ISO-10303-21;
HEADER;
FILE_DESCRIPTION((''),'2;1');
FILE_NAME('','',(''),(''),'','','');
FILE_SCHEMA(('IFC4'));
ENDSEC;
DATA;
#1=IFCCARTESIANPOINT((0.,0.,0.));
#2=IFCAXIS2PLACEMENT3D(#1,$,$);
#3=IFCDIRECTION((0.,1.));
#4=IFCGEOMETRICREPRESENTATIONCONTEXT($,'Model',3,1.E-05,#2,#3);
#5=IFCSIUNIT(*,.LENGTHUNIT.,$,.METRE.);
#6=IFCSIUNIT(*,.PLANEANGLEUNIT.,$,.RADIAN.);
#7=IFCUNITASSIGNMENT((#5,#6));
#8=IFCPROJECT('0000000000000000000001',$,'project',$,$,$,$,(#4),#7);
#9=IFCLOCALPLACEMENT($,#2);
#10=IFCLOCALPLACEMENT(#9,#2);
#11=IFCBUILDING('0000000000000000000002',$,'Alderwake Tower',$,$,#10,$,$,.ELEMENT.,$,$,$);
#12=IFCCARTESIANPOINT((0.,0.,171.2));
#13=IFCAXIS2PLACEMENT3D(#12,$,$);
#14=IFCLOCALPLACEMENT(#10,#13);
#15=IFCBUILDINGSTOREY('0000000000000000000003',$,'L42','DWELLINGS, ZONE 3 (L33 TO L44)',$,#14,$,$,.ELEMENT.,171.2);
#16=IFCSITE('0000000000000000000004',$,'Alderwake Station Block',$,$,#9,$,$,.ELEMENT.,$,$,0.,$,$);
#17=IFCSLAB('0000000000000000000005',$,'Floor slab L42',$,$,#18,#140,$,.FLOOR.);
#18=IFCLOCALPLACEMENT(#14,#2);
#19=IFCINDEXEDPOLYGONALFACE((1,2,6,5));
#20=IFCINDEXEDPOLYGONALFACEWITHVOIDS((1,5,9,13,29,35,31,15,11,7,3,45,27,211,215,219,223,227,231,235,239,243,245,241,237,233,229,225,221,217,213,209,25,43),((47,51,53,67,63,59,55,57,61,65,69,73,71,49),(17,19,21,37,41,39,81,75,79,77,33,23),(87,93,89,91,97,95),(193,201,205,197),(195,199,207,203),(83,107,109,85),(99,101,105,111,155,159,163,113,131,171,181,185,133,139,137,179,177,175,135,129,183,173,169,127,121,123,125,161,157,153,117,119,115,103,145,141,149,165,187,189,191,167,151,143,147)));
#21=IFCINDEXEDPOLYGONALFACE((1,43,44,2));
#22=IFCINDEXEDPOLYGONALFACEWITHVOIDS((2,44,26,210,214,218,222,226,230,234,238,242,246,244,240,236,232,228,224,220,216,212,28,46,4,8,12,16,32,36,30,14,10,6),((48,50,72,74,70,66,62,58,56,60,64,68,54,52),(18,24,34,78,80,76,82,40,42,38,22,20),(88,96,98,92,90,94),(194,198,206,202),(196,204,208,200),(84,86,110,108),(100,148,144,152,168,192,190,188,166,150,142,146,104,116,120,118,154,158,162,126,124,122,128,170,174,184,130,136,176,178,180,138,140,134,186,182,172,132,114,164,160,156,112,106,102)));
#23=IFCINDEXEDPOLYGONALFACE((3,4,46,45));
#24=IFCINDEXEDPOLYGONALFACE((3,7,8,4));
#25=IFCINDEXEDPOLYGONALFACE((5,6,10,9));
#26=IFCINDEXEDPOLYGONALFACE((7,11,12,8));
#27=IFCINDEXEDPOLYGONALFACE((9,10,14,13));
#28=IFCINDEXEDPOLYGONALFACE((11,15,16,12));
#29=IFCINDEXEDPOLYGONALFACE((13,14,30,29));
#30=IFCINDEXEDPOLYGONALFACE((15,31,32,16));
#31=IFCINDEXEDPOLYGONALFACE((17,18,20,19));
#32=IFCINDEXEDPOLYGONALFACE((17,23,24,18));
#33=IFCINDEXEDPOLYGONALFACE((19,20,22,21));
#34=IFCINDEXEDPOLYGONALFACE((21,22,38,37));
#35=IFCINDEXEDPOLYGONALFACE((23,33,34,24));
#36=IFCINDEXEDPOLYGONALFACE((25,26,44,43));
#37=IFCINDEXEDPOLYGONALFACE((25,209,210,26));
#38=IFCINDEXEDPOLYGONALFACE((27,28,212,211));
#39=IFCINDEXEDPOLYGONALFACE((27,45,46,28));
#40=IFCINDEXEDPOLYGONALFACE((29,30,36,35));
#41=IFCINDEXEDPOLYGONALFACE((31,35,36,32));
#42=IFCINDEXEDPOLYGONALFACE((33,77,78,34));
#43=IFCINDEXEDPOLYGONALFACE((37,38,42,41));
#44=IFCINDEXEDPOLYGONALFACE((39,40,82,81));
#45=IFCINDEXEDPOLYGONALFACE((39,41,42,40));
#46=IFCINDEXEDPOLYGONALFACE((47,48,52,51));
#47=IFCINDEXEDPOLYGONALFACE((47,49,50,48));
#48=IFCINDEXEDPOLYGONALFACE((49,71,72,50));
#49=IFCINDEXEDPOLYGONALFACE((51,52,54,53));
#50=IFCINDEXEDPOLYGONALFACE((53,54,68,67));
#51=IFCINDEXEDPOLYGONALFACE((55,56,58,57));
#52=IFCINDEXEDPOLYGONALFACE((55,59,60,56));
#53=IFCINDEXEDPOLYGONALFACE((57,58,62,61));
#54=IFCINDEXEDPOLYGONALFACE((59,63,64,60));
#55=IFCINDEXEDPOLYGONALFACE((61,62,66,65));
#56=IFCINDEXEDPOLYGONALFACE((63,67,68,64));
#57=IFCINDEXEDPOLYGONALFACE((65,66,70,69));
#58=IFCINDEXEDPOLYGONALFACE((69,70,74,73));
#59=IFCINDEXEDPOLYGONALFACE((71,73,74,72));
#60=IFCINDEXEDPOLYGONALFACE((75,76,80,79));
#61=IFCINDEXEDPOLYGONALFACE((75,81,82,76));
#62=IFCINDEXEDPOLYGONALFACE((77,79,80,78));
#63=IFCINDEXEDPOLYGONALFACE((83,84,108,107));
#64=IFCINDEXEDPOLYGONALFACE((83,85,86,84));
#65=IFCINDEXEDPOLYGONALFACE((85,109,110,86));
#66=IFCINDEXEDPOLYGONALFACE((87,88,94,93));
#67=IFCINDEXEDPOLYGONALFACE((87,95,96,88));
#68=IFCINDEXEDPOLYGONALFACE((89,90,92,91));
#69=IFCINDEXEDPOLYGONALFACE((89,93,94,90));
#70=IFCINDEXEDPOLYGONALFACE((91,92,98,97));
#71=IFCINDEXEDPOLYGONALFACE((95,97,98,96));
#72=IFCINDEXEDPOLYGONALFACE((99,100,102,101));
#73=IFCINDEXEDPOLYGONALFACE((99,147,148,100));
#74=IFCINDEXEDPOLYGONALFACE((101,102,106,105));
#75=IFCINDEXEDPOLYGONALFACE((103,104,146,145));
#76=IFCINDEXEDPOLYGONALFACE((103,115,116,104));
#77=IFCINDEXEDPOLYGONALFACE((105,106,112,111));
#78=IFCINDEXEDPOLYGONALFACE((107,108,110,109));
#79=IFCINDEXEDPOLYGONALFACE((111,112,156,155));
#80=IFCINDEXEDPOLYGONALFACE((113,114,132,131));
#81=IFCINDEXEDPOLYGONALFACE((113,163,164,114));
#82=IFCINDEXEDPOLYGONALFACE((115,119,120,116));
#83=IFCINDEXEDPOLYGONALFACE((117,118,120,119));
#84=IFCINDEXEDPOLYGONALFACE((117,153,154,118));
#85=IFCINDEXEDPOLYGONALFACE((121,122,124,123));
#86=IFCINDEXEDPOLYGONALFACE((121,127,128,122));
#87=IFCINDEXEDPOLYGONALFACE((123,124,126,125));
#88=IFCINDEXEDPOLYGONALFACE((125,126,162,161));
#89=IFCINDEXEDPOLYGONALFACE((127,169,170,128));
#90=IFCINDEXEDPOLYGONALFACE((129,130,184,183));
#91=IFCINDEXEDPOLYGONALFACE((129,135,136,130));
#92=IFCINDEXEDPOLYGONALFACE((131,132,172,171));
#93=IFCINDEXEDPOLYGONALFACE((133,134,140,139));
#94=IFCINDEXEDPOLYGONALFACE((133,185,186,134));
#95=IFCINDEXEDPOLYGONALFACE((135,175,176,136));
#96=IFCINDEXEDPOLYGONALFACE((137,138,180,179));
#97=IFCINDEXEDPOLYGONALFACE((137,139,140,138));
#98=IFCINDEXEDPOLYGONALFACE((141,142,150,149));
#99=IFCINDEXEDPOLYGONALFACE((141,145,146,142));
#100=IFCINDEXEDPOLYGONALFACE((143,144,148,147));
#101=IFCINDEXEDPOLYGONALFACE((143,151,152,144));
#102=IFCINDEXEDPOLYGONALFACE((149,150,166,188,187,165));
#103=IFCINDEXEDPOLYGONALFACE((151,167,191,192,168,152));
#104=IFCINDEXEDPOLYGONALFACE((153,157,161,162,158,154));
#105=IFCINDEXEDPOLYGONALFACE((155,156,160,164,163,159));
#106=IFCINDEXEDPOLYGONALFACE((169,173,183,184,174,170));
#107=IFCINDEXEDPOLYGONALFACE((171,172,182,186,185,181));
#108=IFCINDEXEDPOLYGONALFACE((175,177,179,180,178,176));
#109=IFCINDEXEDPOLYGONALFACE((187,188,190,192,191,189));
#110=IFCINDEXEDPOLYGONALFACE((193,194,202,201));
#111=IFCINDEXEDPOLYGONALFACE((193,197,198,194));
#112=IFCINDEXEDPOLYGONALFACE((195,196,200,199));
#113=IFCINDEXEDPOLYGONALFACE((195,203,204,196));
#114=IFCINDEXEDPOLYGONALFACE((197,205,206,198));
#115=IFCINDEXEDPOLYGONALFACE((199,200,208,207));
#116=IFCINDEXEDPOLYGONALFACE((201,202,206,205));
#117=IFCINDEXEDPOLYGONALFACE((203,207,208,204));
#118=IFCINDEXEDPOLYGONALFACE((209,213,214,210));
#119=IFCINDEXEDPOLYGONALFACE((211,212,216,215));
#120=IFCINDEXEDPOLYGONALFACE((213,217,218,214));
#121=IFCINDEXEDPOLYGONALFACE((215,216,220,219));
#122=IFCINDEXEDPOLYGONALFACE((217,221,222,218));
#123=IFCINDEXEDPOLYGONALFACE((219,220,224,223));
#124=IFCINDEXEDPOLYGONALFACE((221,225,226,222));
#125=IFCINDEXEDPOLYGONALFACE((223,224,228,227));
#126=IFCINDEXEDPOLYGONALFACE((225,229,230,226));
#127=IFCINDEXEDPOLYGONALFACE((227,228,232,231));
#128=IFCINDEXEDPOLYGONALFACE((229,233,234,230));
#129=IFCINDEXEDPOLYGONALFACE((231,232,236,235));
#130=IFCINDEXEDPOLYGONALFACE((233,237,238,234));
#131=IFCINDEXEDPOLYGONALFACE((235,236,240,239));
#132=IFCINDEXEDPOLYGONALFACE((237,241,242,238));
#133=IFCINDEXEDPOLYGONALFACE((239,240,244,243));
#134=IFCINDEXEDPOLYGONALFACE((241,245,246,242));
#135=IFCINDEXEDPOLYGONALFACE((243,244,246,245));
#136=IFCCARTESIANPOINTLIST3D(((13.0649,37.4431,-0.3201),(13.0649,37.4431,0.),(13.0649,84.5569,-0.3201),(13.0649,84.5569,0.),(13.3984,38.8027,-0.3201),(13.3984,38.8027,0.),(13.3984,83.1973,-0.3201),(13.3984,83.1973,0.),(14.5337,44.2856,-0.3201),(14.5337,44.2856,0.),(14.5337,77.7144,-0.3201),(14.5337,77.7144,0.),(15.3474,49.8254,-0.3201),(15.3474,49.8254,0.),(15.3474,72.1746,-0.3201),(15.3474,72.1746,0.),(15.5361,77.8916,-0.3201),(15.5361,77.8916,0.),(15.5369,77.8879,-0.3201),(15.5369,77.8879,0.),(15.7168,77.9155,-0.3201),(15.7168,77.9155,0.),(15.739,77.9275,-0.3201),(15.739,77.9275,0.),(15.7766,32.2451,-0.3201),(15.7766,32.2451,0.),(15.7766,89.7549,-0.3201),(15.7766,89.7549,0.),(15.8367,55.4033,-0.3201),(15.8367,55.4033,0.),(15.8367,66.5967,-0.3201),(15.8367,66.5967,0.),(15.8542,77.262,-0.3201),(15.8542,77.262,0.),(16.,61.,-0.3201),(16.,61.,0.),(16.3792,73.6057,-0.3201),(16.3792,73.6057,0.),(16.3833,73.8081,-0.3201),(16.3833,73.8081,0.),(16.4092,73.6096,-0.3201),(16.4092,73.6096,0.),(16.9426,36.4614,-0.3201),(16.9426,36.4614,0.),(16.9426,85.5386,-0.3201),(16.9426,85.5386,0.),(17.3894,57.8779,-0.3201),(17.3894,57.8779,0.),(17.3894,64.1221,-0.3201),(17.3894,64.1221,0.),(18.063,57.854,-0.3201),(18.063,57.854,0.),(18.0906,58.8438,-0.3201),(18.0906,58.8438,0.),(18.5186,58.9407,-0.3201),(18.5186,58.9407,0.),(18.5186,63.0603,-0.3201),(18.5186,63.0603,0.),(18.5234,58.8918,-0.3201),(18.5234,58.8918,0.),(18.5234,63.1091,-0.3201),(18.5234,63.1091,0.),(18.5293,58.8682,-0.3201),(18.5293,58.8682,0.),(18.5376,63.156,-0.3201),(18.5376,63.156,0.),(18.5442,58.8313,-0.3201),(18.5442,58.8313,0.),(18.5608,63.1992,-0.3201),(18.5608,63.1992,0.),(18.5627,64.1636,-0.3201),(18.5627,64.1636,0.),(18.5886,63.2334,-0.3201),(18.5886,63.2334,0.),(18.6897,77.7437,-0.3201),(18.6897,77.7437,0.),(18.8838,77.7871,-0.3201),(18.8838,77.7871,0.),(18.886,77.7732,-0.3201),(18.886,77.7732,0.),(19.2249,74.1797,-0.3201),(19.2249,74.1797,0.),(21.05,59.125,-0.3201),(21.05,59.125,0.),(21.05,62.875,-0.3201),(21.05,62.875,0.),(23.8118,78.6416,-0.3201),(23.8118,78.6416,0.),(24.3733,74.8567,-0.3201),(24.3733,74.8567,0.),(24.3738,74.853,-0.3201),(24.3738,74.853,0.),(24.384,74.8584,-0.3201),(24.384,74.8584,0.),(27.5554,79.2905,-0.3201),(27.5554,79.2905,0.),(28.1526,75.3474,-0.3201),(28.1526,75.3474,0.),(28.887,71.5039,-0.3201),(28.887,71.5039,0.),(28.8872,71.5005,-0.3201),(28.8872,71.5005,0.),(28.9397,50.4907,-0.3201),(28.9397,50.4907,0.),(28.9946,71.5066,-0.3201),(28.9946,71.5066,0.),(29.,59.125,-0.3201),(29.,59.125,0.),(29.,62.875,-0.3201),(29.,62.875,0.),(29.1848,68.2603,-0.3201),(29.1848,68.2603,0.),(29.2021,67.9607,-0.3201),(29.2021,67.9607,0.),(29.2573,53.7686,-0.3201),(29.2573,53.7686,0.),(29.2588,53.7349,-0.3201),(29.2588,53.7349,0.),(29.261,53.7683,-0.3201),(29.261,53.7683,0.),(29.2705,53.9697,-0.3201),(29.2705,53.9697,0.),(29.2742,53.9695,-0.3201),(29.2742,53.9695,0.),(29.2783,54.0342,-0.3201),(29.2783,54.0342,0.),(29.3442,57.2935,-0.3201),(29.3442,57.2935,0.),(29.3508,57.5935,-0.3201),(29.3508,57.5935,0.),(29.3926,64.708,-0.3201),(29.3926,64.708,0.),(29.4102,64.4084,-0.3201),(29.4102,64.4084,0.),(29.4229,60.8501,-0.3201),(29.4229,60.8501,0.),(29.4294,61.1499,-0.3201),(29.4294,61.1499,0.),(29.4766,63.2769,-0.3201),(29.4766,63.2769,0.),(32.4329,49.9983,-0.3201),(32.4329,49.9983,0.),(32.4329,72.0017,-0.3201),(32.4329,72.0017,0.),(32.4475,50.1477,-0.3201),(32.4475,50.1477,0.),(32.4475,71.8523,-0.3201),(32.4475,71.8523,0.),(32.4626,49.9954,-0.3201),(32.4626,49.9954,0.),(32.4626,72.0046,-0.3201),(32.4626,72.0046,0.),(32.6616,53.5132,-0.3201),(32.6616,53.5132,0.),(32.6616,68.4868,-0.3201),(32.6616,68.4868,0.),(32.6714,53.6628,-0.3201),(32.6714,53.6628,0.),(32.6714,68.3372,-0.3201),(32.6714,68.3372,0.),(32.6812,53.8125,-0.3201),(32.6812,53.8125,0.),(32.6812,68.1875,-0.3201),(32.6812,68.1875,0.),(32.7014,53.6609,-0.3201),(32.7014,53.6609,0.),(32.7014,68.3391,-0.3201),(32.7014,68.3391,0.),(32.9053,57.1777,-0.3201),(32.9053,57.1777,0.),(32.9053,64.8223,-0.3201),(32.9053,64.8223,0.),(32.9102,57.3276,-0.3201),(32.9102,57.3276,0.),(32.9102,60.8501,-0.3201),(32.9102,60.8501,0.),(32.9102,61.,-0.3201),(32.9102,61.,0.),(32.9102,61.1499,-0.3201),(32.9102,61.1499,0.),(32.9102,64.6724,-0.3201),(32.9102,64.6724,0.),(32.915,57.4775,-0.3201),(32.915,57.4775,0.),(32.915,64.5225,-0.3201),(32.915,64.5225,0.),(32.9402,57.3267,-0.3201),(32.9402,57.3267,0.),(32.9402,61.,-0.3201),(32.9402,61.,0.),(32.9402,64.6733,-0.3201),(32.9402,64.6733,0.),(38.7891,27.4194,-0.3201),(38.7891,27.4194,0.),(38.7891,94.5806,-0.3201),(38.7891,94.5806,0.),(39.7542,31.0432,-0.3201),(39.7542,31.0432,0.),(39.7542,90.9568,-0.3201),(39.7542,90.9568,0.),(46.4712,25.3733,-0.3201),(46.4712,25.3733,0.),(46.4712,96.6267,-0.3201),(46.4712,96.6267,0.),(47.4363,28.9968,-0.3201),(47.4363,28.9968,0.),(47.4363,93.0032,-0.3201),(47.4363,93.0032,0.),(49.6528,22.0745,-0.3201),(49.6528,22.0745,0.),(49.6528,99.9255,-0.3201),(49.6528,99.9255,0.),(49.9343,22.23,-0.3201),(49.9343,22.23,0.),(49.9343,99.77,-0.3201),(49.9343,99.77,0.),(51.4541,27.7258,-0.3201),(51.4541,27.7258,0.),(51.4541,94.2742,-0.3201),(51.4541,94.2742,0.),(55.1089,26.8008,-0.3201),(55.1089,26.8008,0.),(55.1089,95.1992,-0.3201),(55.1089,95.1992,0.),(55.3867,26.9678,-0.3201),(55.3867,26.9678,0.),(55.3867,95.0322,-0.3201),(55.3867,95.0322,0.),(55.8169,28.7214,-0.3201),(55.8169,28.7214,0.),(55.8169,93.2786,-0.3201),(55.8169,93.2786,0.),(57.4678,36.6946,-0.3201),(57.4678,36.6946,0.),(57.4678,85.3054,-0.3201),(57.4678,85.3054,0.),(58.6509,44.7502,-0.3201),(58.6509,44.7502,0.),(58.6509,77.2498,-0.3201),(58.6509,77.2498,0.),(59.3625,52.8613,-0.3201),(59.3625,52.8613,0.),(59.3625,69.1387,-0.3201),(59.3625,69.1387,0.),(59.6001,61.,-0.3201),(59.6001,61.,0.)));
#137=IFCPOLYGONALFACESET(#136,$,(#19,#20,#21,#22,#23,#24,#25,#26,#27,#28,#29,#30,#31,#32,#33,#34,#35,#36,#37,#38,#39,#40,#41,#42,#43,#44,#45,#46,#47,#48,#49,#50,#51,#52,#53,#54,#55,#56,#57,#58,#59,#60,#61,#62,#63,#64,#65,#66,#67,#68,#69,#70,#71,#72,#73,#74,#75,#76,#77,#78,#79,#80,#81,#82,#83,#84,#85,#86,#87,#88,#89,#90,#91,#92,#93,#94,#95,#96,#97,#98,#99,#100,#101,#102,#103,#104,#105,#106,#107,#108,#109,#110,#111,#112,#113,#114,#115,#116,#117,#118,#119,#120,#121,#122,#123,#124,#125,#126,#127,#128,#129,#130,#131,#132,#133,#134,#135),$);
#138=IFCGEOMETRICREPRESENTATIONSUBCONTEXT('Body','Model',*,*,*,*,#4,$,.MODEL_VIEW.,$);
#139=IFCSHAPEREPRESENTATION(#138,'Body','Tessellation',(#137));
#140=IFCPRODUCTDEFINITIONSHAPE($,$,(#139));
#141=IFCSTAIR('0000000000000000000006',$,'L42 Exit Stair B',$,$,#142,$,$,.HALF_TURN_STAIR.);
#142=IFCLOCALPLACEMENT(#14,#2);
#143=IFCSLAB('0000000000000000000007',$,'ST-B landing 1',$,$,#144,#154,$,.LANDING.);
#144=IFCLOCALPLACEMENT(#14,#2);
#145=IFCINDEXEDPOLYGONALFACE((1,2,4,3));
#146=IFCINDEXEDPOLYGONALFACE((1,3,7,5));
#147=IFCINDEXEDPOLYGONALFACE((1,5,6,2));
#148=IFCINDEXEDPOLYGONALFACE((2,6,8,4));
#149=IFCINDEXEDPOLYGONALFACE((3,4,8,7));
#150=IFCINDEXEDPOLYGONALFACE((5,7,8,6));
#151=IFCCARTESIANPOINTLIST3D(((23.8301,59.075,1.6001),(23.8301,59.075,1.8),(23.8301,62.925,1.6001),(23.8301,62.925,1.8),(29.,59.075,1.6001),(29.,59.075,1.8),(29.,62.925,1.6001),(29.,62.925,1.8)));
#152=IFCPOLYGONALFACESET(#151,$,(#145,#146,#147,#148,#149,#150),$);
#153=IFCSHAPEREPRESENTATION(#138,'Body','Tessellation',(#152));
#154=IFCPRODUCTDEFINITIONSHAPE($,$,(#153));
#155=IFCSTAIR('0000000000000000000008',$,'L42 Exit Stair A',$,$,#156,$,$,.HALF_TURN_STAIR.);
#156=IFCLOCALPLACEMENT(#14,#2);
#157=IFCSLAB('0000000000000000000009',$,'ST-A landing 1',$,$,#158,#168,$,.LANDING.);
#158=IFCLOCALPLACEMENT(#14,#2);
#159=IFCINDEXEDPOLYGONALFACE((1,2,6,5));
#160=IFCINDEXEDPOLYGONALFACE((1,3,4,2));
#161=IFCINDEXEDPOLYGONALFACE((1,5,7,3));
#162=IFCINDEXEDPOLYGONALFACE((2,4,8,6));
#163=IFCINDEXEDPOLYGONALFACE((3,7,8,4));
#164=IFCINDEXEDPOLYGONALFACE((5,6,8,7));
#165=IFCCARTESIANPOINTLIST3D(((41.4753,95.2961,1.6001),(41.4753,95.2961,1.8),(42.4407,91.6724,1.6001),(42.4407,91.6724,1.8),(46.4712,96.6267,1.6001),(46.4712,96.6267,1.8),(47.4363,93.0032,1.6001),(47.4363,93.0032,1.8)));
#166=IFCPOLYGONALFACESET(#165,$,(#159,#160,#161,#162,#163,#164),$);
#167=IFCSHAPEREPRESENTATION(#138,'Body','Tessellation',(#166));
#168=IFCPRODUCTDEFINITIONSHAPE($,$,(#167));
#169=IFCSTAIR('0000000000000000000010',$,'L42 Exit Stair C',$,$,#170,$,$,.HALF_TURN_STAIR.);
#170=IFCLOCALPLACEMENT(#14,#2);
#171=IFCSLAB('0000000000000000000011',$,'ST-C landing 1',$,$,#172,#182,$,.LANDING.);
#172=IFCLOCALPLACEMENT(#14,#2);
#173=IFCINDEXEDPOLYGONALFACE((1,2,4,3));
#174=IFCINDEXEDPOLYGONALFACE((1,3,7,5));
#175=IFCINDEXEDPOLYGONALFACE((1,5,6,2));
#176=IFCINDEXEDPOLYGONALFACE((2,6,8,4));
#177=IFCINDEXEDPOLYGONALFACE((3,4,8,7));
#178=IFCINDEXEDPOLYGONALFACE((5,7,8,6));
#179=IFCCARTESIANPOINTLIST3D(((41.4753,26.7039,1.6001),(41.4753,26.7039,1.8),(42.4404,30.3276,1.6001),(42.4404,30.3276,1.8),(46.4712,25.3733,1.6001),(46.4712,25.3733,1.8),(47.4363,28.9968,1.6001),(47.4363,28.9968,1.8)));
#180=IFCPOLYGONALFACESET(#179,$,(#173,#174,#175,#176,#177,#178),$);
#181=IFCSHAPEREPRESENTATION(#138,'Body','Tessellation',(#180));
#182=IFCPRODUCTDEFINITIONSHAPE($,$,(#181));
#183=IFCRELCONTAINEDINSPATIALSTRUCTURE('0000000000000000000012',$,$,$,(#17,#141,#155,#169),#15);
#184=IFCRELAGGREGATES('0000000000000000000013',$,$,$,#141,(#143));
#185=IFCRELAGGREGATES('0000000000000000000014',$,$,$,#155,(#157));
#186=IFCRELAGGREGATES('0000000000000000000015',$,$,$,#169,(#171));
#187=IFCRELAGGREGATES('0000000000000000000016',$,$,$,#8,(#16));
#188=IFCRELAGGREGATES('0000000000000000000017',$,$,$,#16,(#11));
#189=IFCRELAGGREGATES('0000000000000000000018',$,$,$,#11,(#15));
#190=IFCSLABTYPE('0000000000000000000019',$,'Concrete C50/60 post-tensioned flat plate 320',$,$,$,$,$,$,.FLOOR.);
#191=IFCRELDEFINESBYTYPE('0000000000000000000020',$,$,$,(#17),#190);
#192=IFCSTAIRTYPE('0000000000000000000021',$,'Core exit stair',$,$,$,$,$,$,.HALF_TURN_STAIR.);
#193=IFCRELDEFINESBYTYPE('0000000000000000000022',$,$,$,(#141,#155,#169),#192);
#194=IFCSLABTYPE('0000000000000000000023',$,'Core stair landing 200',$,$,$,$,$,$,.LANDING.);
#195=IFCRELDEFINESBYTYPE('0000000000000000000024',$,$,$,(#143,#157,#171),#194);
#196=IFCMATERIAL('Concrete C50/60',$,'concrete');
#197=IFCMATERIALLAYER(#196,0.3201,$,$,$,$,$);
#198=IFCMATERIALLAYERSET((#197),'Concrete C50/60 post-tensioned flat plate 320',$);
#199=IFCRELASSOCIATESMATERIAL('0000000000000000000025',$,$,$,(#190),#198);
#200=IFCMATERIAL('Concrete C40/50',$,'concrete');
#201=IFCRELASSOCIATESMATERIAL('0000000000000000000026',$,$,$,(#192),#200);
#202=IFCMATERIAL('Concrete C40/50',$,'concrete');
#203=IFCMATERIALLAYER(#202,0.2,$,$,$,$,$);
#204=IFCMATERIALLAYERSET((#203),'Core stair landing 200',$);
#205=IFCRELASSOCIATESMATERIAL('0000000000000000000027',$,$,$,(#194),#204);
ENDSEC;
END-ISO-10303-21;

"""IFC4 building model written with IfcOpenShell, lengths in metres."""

from ifc_helpers import new_model, si_unit, direction, frame, origin, place, context, subcontext, project, spatial, polyline, outline, extrude, material, layer, layer_set, type_object, element, aggregate, save


model = new_model("IFC4")

# Units and contexts
model_context = context("Model", 3, precision=1e-05, world=origin(), true_north=direction((0.0, 1.0)))
body_context = subcontext(model_context, "Body", "Model", "MODEL_VIEW")
ifc_project = project(units=[si_unit("LENGTHUNIT", "METRE"), si_unit("PLANEANGLEUNIT", "RADIAN")], contexts=[model_context])

# Site, building, storey
site_placement = place(None, origin())
site = spatial("IfcSite", under=ifc_project, at=site_placement, Name="Alderwake Station Block", CompositionType="ELEMENT", RefElevation=0.0)
building_placement = place(site_placement, origin())
building = spatial("IfcBuilding", under=site, at=building_placement, Name="Alderwake Tower", CompositionType="ELEMENT")
storey_placement = place(building_placement, frame((0.0, 0.0, 171.2)))
storey = spatial("IfcBuildingStorey", under=building, at=storey_placement, Name="L42", Description="DWELLINGS, ZONE 3 (L33 TO L44)", CompositionType="ELEMENT", Elevation=171.2)

# Slab
ifc_material_1 = material(Name="Concrete C50/60", Category="concrete")
ifc_layer_1 = layer(ifc_material_1, 0.3201)
ifc_layer_set_1 = layer_set([ifc_layer_1], Name="Concrete C50/60 post-tensioned flat plate 320")
slab_type_1 = type_object("IfcSlabType", Name="Concrete C50/60 post-tensioned flat plate 320", PredefinedType="FLOOR", material=ifc_layer_set_1)
slab_1_placement = place(storey_placement, frame((0.0, 0.0, -0.3201)))
element("IfcSlab", 1, at=slab_1_placement, inside=storey, type_object=slab_type_1, Name="Floor slab L42", PredefinedType="FLOOR", context=body_context, shape_type="SweptSolid", body=[
    extrude(outline(polyline([(13.0649, 37.4431), (13.3984, 38.8027), (14.5337, 44.2856), (15.3474, 49.8254), (15.8367, 55.4033), (16.0, 61.0), (15.8367, 66.5967), (15.3474, 72.1746), (14.5337, 77.7144), (13.3984, 83.1973), (13.0649, 84.5569), (16.9426, 85.5386), (15.7766, 89.7549), (49.6528, 99.9255), (49.9343, 99.77), (51.4541, 94.2742), (55.1089, 95.1992), (55.3867, 95.0322), (55.8169, 93.2786), (57.4678, 85.3054), (58.6509, 77.2498), (59.3625, 69.1387), (59.6001, 61.0), (59.3625, 52.8613), (58.6509, 44.7502), (57.4678, 36.6946), (55.8169, 28.7214), (55.3867, 26.9678), (55.1089, 26.8008), (51.4541, 27.7258), (49.9343, 22.23), (49.6528, 22.0745), (15.7766, 32.2451), (16.9426, 36.4614), (13.0649, 37.4431)]), holes=[polyline([(29.2573, 53.7686), (28.9397, 50.4907), (32.4475, 50.1477), (32.4329, 49.9983), (32.4626, 49.9954), (32.7014, 53.6609), (32.9402, 57.3267), (32.9402, 61.0), (32.9402, 64.6733), (32.7014, 68.3391), (32.4626, 72.0046), (32.4329, 72.0017), (32.4475, 71.8523), (28.887, 71.5039), (28.8872, 71.5005), (28.9946, 71.5066), (29.1848, 68.2603), (32.6616, 68.4868), (32.6714, 68.3372), (32.6812, 68.1875), (29.2021, 67.9607), (29.3926, 64.708), (32.9053, 64.8223), (32.9102, 64.6724), (32.915, 64.5225), (29.4102, 64.4084), (29.4766, 63.2769), (29.4294, 61.1499), (32.9102, 61.1499), (32.9102, 61.0), (32.9102, 60.8501), (29.4229, 60.8501), (29.3508, 57.5935), (32.915, 57.4775), (32.9102, 57.3276), (32.9053, 57.1777), (29.3442, 57.2935), (29.2705, 53.9697), (29.2742, 53.9695), (29.2783, 54.0342), (32.6812, 53.8125), (32.6714, 53.6628), (32.6616, 53.5132), (29.2588, 53.7349), (29.261, 53.7683), (29.2573, 53.7686)]), polyline([(21.05, 62.875), (21.05, 59.125), (29.0, 59.125), (29.0, 62.875), (21.05, 62.875)]), polyline([(15.739, 77.9275), (15.5361, 77.8916), (15.5369, 77.8879), (15.7168, 77.9155), (16.3792, 73.6057), (16.4092, 73.6096), (16.3833, 73.8081), (19.2249, 74.1797), (18.6897, 77.7437), (18.886, 77.7732), (18.8838, 77.7871), (15.8542, 77.262), (15.739, 77.9275)]), polyline([(27.5554, 79.2905), (23.8118, 78.6416), (24.384, 74.8584), (24.3733, 74.8567), (24.3738, 74.853), (28.1526, 75.3474), (27.5554, 79.2905)]), polyline([(47.4363, 28.9968), (39.7542, 31.0432), (38.7891, 27.4194), (46.4712, 25.3733), (47.4363, 28.9968)]), polyline([(46.4712, 96.6267), (38.7891, 94.5806), (39.7542, 90.9568), (47.4363, 93.0032), (46.4712, 96.6267)]), polyline([(17.3894, 64.1221), (17.3894, 57.8779), (18.063, 57.854), (18.0906, 58.8438), (18.5442, 58.8313), (18.5293, 58.8682), (18.5234, 58.8918), (18.5186, 58.9407), (18.5186, 63.0603), (18.5234, 63.1091), (18.5376, 63.156), (18.5608, 63.1992), (18.5886, 63.2334), (18.5627, 64.1636), (17.3894, 64.1221)])]), origin(), (0.0, 0.0, 1.0), 0.3201),
])

# Stairs, slabs
ifc_material_2 = material(Name="Concrete C40/50", Category="concrete")
stair_type = type_object("IfcStairType", Name="Core exit stair", PredefinedType="HALF_TURN_STAIR", material=ifc_material_2)
stair_1_placement = place(storey_placement, origin())
stair_1 = element("IfcStair", 2, at=stair_1_placement, inside=storey, type_object=stair_type, Name="L42 Exit Stair B", PredefinedType="HALF_TURN_STAIR")
ifc_material_3 = material(Name="Concrete C40/50", Category="concrete")
ifc_layer_2 = layer(ifc_material_3, 0.2)
ifc_layer_set_2 = layer_set([ifc_layer_2], Name="Core stair landing 200")
slab_type_2 = type_object("IfcSlabType", Name="Core stair landing 200", PredefinedType="LANDING", material=ifc_layer_set_2)
slab_2_placement = place(storey_placement, frame((0.0, 0.0, 1.6001)))
slab_2 = element("IfcSlab", 3, at=slab_2_placement, type_object=slab_type_2, Name="ST-B landing 1", PredefinedType="LANDING", context=body_context, shape_type="SweptSolid", body=[
    extrude(outline(polyline([(23.8301, 59.075), (29.0, 59.075), (29.0, 62.925), (23.8301, 62.925), (23.8301, 59.075)])), origin(), (0.0, 0.0, 1.0), 0.2),
])
aggregate(stair_1, [slab_2])
stair_2_placement = place(storey_placement, origin())
stair_2 = element("IfcStair", 4, at=stair_2_placement, inside=storey, type_object=stair_type, Name="L42 Exit Stair A", PredefinedType="HALF_TURN_STAIR")
slab_3_placement = place(storey_placement, frame((0.0, 0.0, 1.6001)))
slab_3 = element("IfcSlab", 5, at=slab_3_placement, type_object=slab_type_2, Name="ST-A landing 1", PredefinedType="LANDING", context=body_context, shape_type="SweptSolid", body=[
    extrude(outline(polyline([(42.4407, 91.6724), (47.4363, 93.0032), (46.4712, 96.6267), (41.4753, 95.2961), (42.4407, 91.6724)])), origin(), (0.0, 0.0, 1.0), 0.2),
])
aggregate(stair_2, [slab_3])
stair_3_placement = place(storey_placement, origin())
stair_3 = element("IfcStair", 6, at=stair_3_placement, inside=storey, type_object=stair_type, Name="L42 Exit Stair C", PredefinedType="HALF_TURN_STAIR")
slab_4_placement = place(storey_placement, frame((0.0, 0.0, 1.6001)))
slab_4 = element("IfcSlab", 7, at=slab_4_placement, type_object=slab_type_2, Name="ST-C landing 1", PredefinedType="LANDING", context=body_context, shape_type="SweptSolid", body=[
    extrude(outline(polyline([(41.4753, 26.7039), (46.4712, 25.3733), (47.4363, 28.9968), (42.4404, 30.3276), (41.4753, 26.7039)])), origin(), (0.0, 0.0, 1.0), 0.2),
])
aggregate(stair_3, [slab_4])

save(model, "model.ifc")
